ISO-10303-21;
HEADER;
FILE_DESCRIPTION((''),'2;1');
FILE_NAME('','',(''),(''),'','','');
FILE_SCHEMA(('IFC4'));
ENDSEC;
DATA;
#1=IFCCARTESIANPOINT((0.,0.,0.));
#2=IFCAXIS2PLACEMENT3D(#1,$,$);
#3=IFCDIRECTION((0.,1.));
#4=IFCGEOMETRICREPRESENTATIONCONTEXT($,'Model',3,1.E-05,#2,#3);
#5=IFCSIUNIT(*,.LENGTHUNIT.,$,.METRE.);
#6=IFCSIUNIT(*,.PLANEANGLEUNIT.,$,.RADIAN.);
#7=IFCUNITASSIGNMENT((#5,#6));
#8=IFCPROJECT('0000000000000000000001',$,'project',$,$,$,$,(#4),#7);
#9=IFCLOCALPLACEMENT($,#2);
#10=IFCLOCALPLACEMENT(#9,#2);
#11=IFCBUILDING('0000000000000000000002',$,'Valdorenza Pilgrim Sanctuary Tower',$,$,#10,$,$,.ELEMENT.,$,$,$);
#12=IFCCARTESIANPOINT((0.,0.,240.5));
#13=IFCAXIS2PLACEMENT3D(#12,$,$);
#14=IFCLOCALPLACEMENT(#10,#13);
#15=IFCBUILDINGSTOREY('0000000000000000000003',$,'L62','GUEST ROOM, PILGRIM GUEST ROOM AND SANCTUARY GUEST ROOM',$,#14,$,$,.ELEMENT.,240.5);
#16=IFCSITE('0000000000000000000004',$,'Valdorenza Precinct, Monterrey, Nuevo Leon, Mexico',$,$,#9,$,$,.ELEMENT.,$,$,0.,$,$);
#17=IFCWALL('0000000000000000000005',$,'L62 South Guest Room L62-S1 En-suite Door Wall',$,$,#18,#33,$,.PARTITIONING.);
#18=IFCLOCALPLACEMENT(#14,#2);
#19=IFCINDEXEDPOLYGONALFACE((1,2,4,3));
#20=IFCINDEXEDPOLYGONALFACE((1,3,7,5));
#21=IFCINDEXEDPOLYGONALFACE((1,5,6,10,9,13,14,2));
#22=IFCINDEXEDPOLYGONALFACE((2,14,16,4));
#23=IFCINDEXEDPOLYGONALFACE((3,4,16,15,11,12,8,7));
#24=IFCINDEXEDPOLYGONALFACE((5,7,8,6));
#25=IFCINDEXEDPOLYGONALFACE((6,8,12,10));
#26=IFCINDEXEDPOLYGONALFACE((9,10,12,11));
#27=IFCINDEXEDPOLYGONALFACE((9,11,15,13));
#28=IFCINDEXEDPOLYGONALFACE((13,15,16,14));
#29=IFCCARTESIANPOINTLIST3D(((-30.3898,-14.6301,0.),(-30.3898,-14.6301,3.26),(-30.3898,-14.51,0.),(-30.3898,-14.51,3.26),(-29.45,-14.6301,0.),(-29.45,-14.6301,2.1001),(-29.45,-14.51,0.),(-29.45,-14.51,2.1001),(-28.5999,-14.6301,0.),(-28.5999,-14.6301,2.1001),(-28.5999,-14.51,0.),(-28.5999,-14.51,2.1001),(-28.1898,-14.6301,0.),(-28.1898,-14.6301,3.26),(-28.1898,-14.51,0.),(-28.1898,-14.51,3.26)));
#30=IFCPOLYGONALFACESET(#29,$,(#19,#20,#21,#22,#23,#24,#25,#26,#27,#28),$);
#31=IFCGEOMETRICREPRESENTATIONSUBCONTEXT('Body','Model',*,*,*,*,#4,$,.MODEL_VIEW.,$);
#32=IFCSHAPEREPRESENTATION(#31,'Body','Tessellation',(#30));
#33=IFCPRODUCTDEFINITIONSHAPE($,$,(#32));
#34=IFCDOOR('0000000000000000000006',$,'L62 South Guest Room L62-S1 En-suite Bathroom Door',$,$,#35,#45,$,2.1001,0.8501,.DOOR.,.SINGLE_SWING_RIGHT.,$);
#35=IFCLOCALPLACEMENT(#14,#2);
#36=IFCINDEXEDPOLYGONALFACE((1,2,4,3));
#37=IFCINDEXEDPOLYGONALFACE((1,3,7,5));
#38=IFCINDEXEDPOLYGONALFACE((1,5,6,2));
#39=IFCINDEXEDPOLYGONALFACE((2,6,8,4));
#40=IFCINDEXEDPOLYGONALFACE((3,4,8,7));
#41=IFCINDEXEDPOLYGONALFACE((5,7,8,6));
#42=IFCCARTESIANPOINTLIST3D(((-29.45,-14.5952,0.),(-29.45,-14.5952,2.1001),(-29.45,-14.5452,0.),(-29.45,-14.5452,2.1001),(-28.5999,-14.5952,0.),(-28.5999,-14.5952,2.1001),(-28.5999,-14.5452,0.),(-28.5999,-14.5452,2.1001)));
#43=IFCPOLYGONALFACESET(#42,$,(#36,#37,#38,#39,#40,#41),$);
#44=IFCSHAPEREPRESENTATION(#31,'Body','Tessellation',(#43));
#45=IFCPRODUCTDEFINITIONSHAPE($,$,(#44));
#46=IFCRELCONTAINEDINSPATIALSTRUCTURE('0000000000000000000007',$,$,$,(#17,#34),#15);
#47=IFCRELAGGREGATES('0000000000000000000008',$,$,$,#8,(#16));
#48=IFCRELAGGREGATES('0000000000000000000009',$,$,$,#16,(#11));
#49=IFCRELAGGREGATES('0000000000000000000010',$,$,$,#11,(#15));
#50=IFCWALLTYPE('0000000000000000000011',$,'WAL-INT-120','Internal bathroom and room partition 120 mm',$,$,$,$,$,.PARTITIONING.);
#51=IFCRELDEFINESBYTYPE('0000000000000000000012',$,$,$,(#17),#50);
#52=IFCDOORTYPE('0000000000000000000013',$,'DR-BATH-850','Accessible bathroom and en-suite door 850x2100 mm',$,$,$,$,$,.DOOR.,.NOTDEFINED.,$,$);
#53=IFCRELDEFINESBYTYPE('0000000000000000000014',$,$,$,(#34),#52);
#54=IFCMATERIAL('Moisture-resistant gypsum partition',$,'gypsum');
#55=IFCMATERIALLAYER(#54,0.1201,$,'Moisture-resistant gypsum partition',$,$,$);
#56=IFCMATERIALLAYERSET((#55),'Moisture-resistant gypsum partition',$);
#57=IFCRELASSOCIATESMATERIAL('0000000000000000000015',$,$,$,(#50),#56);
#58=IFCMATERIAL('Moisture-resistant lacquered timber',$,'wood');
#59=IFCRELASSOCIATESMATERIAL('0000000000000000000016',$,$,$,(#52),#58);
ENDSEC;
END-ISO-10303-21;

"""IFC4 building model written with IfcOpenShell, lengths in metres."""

from ifc_helpers import new_model, si_unit, direction, frame, frame_2d, origin, place, context, subcontext, project, spatial, rectangle, extrude, material, layer, layer_set, type_object, element, fill, save


model = new_model("IFC4")

# Units and contexts
model_context = context("Model", 3, precision=1e-05, world=origin(), true_north=direction((0.0, 1.0)))
body_context = subcontext(model_context, "Body", "Model", "MODEL_VIEW")
ifc_project = project(units=[si_unit("LENGTHUNIT", "METRE"), si_unit("PLANEANGLEUNIT", "RADIAN")], contexts=[model_context])

# Site, building, storey
site_placement = place(None, origin())
site = spatial("IfcSite", under=ifc_project, at=site_placement, Name="Valdorenza Precinct, Monterrey, Nuevo Leon, Mexico", CompositionType="ELEMENT", RefElevation=0.0)
building_placement = place(site_placement, origin())
building = spatial("IfcBuilding", under=site, at=building_placement, Name="Valdorenza Pilgrim Sanctuary Tower", CompositionType="ELEMENT")
storey_placement = place(building_placement, frame((0.0, 0.0, 240.5)))
storey = spatial("IfcBuildingStorey", under=building, at=storey_placement, Name="L62", Description="GUEST ROOM, PILGRIM GUEST ROOM AND SANCTUARY GUEST ROOM", CompositionType="ELEMENT", Elevation=240.5)

# Wall, opening, door
ifc_material_1 = material(Name="Moisture-resistant gypsum partition", Category="gypsum")
ifc_layer_1 = layer(ifc_material_1, 0.1201, Name="Moisture-resistant gypsum partition")
ifc_layer_set_1 = layer_set([ifc_layer_1], Name="Moisture-resistant gypsum partition")
wall_type_1 = type_object("IfcWallType", Name="WAL-INT-120", Description="Internal bathroom and room partition 120 mm", PredefinedType="PARTITIONING", material=ifc_layer_set_1)
wall_1_placement = place(storey_placement, frame((-30.3899, -14.5701, 0.0), z_axis=(0.0, 0.0, 1.0), x_axis=(1.0, 0.0, 0.0)))
wall_1 = element("IfcWall", 1, at=wall_1_placement, inside=storey, type_object=wall_type_1, Name="L62 South Guest Room L62-S1 En-suite Door Wall", PredefinedType="PARTITIONING", context=body_context, shape_type="SweptSolid", body=[
    extrude(rectangle(XDim=2.2, YDim=0.1201, at=frame_2d((1.1001, 0.0))), origin(), (0.0, 0.0, 1.0), 3.26),
])
opening_1_placement = place(wall_1_placement, frame((0.9399, 0.0, 0.0)))
opening_1 = element("IfcOpeningElement", 2, at=opening_1_placement, cuts=wall_1, PredefinedType="OPENING", context=body_context, shape_type="SweptSolid", body=[
    extrude(rectangle(XDim=0.8501, YDim=2.1001, at=frame_2d((0.425, 1.05))), frame((0.0, 0.075, 0.0), z_axis=(0.0, -1.0, 0.0), x_axis=(1.0, 0.0, 0.0)), (0.0, 0.0, 1.0), 0.1499),
])
ifc_material_2 = material(Name="Moisture-resistant lacquered timber", Category="wood")
door_type_1 = type_object("IfcDoorType", Name="DR-BATH-850", Description="Accessible bathroom and en-suite door 850x2100 mm", OperationType="NOTDEFINED", PredefinedType="DOOR", material=ifc_material_2)
door_1_placement = place(opening_1_placement, origin())
door_1 = element("IfcDoor", 3, at=door_1_placement, inside=storey, type_object=door_type_1, Name="L62 South Guest Room L62-S1 En-suite Bathroom Door", OperationType="SINGLE_SWING_RIGHT", OverallHeight=2.1001, OverallWidth=0.8501, PredefinedType="DOOR", context=body_context, shape_type="SweptSolid", body=[
    extrude(rectangle(XDim=0.8501, YDim=2.1001, at=frame_2d((0.425, 1.05))), frame((0.0, 0.0249, 0.0), z_axis=(0.0, -1.0, 0.0), x_axis=(1.0, 0.0, 0.0)), (0.0, 0.0, 1.0), 0.05),
])
fill(opening_1, door_1)

save(model, "model.ifc")
